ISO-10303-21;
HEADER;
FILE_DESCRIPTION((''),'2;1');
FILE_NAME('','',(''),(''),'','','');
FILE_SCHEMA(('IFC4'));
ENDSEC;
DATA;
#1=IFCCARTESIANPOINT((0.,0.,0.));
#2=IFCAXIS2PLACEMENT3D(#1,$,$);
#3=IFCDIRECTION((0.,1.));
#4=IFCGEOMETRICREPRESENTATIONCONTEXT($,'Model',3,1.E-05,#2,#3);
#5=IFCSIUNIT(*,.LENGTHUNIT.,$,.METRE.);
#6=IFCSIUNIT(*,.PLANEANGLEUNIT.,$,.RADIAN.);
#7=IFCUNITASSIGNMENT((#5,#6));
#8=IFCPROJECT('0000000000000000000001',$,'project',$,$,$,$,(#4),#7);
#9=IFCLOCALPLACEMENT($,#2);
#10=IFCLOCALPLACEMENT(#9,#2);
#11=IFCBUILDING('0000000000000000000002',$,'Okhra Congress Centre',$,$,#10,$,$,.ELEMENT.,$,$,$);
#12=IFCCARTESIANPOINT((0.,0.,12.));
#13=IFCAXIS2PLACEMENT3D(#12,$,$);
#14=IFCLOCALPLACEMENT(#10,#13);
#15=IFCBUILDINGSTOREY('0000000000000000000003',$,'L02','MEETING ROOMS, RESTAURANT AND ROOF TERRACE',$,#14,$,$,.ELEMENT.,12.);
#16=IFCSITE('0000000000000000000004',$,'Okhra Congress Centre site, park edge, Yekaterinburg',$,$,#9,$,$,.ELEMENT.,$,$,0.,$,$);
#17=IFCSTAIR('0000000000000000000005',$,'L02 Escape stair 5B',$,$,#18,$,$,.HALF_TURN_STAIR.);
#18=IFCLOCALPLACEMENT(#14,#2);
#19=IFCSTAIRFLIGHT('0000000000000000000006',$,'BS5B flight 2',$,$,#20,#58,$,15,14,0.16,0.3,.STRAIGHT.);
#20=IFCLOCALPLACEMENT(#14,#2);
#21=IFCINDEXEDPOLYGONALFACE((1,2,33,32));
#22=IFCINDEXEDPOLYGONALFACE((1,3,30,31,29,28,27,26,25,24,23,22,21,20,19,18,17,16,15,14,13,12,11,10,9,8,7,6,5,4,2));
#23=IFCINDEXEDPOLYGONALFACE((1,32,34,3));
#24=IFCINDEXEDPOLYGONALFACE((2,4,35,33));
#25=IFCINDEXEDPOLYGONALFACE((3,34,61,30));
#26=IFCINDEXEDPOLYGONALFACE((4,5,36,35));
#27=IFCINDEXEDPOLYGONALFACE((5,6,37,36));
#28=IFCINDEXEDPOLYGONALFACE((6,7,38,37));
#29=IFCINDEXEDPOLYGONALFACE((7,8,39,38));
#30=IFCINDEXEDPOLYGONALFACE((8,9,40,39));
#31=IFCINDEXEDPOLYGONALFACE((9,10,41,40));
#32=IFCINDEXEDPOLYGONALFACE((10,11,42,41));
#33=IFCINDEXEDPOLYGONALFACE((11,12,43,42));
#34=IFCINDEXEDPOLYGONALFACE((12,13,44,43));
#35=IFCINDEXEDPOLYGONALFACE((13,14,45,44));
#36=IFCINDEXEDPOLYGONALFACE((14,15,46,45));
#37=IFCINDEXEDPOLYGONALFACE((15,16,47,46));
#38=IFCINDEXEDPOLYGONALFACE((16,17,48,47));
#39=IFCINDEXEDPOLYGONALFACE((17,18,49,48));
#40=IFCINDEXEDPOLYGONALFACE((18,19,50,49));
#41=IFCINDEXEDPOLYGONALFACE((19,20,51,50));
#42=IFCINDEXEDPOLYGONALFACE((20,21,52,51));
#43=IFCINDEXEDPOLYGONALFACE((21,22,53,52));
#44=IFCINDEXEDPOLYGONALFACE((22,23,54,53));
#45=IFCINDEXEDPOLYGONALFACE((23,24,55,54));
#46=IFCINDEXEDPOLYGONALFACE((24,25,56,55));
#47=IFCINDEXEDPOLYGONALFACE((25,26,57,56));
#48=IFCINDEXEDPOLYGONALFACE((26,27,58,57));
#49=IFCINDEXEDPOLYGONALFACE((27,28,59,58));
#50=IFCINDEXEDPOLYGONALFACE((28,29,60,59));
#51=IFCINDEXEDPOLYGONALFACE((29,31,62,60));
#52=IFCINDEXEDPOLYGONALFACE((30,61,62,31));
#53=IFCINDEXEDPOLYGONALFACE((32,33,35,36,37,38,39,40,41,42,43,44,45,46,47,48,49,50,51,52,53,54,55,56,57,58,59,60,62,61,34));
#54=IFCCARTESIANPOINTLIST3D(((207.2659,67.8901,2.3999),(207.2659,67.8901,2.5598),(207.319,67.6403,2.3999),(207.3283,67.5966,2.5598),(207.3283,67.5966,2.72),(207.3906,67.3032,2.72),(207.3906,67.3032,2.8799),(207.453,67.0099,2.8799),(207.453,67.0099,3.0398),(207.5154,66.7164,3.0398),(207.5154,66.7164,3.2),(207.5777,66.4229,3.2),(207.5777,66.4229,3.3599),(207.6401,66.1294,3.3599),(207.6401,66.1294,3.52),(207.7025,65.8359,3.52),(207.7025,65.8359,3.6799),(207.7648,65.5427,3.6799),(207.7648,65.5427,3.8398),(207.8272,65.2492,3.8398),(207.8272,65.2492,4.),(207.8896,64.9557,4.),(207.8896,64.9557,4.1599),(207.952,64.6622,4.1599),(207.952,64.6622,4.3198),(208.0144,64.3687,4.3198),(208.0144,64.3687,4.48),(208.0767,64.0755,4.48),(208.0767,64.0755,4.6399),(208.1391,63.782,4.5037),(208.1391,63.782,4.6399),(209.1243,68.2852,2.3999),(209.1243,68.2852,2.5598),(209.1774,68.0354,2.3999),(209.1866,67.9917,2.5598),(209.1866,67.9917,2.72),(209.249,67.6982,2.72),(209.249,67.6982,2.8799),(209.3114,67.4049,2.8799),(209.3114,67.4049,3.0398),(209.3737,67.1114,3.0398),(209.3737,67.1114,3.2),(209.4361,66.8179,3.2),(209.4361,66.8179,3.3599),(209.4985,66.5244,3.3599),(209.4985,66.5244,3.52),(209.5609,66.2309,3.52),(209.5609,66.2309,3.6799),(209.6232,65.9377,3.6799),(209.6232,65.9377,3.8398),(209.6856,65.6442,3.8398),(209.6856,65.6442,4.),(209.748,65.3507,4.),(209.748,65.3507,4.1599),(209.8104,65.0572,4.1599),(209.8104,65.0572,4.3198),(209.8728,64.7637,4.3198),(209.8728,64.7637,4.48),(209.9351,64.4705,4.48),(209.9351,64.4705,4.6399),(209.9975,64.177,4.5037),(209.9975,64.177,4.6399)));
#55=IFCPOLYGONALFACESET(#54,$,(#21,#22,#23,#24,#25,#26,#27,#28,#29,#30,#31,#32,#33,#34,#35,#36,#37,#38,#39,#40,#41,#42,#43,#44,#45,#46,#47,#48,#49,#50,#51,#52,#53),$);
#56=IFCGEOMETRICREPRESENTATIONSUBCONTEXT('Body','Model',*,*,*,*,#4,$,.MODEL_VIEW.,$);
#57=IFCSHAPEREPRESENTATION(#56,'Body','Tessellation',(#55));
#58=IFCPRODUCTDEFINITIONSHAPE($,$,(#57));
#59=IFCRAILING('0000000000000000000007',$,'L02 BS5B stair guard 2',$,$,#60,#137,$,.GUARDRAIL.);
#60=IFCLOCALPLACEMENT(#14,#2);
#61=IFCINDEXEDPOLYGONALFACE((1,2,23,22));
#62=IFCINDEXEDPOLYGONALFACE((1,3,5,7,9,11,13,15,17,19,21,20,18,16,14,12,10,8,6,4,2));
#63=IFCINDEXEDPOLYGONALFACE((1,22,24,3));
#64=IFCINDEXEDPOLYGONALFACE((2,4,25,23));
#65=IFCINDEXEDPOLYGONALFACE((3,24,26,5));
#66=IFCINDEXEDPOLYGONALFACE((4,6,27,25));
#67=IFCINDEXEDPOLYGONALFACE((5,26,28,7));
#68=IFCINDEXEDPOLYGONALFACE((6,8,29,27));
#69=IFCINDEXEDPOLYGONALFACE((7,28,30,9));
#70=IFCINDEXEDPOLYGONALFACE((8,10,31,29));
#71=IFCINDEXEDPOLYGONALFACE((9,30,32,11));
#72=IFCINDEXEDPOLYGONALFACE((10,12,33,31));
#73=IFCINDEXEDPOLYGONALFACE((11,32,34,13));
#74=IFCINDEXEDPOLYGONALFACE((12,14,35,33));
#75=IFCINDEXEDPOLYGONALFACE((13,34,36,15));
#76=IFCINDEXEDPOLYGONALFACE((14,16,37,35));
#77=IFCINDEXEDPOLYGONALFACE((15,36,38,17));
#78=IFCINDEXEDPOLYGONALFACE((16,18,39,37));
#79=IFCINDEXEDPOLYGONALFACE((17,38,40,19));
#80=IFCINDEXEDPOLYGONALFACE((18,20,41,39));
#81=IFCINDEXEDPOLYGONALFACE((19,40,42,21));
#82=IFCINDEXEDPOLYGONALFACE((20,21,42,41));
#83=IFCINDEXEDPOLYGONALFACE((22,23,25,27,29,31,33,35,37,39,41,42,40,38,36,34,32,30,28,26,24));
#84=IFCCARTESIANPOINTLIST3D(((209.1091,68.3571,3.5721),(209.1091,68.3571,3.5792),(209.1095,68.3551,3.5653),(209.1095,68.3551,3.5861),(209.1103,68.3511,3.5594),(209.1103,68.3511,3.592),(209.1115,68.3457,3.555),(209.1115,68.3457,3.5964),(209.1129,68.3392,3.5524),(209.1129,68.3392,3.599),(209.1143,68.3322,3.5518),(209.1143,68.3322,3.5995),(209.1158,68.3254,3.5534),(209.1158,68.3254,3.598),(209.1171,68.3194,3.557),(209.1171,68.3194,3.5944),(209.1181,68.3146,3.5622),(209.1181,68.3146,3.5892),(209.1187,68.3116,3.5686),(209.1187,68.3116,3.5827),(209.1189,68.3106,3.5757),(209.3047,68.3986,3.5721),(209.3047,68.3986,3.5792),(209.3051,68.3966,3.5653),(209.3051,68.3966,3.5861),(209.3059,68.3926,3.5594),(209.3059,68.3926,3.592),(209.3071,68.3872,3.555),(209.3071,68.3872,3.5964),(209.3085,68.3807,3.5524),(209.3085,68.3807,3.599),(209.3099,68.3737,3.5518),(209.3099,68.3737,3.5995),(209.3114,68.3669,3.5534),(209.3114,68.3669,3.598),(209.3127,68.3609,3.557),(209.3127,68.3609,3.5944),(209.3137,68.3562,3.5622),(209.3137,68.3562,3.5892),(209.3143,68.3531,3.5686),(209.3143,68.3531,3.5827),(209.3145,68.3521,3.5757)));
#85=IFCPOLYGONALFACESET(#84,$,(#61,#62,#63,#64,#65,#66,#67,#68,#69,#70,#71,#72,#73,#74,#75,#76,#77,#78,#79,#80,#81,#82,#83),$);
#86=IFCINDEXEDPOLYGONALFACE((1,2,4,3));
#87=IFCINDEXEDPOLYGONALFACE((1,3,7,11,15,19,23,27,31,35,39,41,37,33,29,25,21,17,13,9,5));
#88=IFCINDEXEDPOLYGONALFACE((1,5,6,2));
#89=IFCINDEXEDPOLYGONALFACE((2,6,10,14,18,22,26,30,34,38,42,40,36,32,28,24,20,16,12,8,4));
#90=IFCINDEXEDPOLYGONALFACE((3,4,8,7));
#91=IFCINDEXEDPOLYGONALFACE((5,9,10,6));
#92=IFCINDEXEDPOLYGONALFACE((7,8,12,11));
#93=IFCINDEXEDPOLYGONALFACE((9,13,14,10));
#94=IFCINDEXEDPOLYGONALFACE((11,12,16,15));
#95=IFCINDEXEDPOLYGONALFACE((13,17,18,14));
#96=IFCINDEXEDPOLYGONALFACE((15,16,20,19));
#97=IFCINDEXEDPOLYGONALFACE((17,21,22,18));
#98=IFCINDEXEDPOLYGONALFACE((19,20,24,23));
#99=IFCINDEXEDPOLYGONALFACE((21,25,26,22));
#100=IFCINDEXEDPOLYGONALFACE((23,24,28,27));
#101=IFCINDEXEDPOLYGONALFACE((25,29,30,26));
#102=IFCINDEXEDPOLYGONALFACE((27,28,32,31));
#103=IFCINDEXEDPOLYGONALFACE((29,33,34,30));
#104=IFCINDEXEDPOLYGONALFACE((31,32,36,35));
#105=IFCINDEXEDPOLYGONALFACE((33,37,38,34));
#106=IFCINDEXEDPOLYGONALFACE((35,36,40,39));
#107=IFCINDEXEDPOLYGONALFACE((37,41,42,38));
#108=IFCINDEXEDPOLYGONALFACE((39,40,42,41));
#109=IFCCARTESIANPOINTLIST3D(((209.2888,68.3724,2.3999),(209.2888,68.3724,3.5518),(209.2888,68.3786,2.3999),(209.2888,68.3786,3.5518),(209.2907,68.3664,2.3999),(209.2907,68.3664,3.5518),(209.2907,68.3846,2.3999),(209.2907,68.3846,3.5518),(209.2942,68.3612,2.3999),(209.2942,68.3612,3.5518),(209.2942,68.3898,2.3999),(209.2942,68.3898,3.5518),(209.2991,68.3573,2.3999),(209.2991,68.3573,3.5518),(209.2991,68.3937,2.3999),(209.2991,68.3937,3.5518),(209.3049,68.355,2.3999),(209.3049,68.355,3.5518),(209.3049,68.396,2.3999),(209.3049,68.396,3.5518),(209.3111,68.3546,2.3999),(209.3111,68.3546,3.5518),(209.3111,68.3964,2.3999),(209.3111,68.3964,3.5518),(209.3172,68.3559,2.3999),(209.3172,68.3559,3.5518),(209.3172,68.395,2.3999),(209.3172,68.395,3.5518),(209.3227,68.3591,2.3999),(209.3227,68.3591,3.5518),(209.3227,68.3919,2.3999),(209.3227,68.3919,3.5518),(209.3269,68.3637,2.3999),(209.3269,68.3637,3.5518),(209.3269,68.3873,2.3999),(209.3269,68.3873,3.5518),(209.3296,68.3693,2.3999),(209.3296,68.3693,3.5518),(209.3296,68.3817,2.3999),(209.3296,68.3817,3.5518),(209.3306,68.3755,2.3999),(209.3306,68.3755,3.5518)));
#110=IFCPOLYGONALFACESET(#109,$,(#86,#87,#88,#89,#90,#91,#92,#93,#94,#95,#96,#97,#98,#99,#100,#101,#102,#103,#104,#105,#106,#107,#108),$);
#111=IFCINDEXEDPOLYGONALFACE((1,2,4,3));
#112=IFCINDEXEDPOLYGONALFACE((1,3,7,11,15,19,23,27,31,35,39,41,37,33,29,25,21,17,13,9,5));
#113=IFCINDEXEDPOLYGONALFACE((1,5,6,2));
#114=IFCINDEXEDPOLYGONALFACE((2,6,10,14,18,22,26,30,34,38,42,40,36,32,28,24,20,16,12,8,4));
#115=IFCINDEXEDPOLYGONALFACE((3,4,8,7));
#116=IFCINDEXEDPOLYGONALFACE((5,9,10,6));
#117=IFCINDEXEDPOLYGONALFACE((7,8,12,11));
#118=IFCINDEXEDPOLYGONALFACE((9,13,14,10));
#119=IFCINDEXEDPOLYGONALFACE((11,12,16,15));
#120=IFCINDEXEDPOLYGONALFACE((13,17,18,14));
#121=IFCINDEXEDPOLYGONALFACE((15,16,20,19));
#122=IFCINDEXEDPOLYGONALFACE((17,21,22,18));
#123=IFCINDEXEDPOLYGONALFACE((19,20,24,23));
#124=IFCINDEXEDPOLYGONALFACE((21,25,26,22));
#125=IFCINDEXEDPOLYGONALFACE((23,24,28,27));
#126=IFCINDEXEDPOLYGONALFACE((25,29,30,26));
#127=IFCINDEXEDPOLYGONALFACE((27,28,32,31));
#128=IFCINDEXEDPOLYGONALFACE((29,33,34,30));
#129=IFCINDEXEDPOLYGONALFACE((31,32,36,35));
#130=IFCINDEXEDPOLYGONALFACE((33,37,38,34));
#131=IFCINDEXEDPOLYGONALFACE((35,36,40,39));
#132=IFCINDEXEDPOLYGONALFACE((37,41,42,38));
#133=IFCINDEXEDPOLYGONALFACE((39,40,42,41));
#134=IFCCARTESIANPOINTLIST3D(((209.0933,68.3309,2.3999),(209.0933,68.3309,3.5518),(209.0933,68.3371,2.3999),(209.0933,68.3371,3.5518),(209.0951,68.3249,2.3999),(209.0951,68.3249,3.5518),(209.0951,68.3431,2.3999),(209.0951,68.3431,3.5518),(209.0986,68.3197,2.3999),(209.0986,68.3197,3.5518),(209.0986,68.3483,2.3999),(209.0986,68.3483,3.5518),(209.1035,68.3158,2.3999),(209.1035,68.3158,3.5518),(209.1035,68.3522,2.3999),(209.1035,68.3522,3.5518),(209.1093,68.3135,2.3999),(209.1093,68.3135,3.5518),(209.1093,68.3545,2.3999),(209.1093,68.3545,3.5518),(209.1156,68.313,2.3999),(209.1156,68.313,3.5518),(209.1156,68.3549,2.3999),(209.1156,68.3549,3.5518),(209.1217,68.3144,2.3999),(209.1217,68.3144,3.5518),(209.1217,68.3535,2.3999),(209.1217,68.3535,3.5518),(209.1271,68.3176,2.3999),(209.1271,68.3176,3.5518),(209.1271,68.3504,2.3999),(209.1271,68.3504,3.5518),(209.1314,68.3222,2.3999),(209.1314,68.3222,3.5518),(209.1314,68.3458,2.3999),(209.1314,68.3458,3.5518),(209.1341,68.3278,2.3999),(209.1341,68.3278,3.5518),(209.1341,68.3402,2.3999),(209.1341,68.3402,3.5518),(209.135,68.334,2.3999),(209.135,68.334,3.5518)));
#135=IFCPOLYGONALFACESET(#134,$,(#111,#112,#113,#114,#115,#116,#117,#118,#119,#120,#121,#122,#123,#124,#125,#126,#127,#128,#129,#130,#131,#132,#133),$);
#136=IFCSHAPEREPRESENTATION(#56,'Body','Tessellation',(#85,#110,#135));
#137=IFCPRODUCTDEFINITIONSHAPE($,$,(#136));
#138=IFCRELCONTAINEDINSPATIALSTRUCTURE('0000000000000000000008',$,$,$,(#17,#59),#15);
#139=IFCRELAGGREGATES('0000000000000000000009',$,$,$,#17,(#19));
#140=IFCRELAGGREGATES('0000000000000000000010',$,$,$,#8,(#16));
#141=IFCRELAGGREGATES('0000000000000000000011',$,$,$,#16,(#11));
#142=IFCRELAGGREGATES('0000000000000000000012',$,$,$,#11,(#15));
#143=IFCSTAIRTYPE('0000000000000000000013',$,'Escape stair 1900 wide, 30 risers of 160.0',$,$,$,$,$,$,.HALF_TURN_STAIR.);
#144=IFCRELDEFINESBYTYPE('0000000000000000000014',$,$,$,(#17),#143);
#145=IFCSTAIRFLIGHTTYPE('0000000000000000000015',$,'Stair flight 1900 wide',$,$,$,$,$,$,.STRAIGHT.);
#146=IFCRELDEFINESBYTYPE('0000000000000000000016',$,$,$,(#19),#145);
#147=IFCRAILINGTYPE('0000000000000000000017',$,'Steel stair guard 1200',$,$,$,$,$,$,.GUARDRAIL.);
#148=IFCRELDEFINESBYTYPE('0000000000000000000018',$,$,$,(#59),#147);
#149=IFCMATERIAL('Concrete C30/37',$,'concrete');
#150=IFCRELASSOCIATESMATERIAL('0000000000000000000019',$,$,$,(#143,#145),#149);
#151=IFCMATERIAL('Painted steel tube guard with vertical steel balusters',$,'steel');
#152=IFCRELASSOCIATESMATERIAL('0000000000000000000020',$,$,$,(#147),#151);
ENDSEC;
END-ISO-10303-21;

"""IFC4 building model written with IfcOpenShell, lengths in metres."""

from ifc_helpers import new_model, si_unit, direction, frame, origin, origin_2d, place, context, subcontext, project, spatial, polyline, circle, outline, extrude, material, type_object, element, aggregate, save


model = new_model("IFC4")

# Units and contexts
model_context = context("Model", 3, precision=1e-05, world=origin(), true_north=direction((0.0, 1.0)))
body_context = subcontext(model_context, "Body", "Model", "MODEL_VIEW")
ifc_project = project(units=[si_unit("LENGTHUNIT", "METRE"), si_unit("PLANEANGLEUNIT", "RADIAN")], contexts=[model_context])

# Site, building, storey
site_placement = place(None, origin())
site = spatial("IfcSite", under=ifc_project, at=site_placement, Name="Okhra Congress Centre site, park edge, Yekaterinburg", CompositionType="ELEMENT", RefElevation=0.0)
building_placement = place(site_placement, origin())
building = spatial("IfcBuilding", under=site, at=building_placement, Name="Okhra Congress Centre", CompositionType="ELEMENT")
storey_placement = place(building_placement, frame((0.0, 0.0, 12.0)))
storey = spatial("IfcBuildingStorey", under=building, at=storey_placement, Name="L02", Description="MEETING ROOMS, RESTAURANT AND ROOF TERRACE", CompositionType="ELEMENT", Elevation=12.0)

# Stair, stair flight
ifc_material_1 = material(Name="Concrete C30/37", Category="concrete")
stair_type = type_object("IfcStairType", Name="Escape stair 1900 wide, 30 risers of 160.0", PredefinedType="HALF_TURN_STAIR", material=ifc_material_1)
stair_placement = place(storey_placement, origin())
stair = element("IfcStair", 1, at=stair_placement, inside=storey, type_object=stair_type, Name="L02 Escape stair 5B", PredefinedType="HALF_TURN_STAIR")
stair_flight_type = type_object("IfcStairFlightType", Name="Stair flight 1900 wide", PredefinedType="STRAIGHT", material=ifc_material_1)
stair_flight_placement = place(storey_placement, frame((208.1951, 68.0876, 2.3999), z_axis=(0.0, 0.0, 1.0), x_axis=(0.207912, -0.978148, 0.0)))
stair_flight = element("IfcStairFlight", 2, at=stair_flight_placement, type_object=stair_flight_type, Name="BS5B flight 2", NumberOfRisers=15, NumberOfTreads=14, PredefinedType="STRAIGHT", RiserHeight=0.16, TreadLength=0.3, context=body_context, shape_type="SweptSolid", body=[
    extrude(outline(polyline([(0.0, 0.0), (0.0, 0.1599), (0.3, 0.1599), (0.3, 0.3201), (0.6001, 0.3201), (0.6001, 0.48), (0.8999, 0.48), (0.8999, 0.6399), (1.2, 0.6399), (1.2, 0.8), (1.5, 0.8), (1.5, 0.96), (1.8, 0.96), (1.8, 1.1201), (2.1001, 1.1201), (2.1001, 1.28), (2.3999, 1.28), (2.3999, 1.4399), (2.7, 1.4399), (2.7, 1.6001), (3.0, 1.6001), (3.0, 1.76), (3.3, 1.76), (3.3, 1.9199), (3.6001, 1.9199), (3.6001, 2.0801), (3.8999, 2.0801), (3.8999, 2.24), (4.2, 2.24), (4.2, 2.3999), (4.2, 2.1038), (0.2554, 0.0), (0.0, 0.0)])), frame((0.0, 0.95, 0.0), z_axis=(0.0, -1.0, 0.0), x_axis=(1.0, 0.0, 0.0)), (0.0, 0.0, 1.0), 1.8999),
])
aggregate(stair, [stair_flight])

# Railing
ifc_material_2 = material(Name="Painted steel tube guard with vertical steel balusters", Category="steel")
railing_type = type_object("IfcRailingType", Name="Steel stair guard 1200", PredefinedType="GUARDRAIL", material=ifc_material_2)
railing_1_placement = place(storey_placement, frame((209.3096, 68.3755, 2.3999)))
element("IfcRailing", 3, at=railing_1_placement, inside=storey, type_object=railing_type, Name="L02 BS5B stair guard 2", PredefinedType="GUARDRAIL", context=body_context, shape_type="SweptSolid", body=[
    extrude(circle(Radius=0.0239, at=origin_2d()), frame((0.0, 0.0, 1.1758), z_axis=(-0.978212, -0.20761, 0.0), x_axis=(0.20761, -0.978212, 0.0)), (0.0, 0.0, 1.0), 0.2),
    extrude(circle(Radius=0.021, at=origin_2d()), origin(), (0.0, 0.0, 1.0), 1.1519),
    extrude(circle(Radius=0.021, at=origin_2d()), frame((-0.1956, -0.0415, 0.0)), (0.0, 0.0, 1.0), 1.1519),
])

save(model, "model.ifc")
